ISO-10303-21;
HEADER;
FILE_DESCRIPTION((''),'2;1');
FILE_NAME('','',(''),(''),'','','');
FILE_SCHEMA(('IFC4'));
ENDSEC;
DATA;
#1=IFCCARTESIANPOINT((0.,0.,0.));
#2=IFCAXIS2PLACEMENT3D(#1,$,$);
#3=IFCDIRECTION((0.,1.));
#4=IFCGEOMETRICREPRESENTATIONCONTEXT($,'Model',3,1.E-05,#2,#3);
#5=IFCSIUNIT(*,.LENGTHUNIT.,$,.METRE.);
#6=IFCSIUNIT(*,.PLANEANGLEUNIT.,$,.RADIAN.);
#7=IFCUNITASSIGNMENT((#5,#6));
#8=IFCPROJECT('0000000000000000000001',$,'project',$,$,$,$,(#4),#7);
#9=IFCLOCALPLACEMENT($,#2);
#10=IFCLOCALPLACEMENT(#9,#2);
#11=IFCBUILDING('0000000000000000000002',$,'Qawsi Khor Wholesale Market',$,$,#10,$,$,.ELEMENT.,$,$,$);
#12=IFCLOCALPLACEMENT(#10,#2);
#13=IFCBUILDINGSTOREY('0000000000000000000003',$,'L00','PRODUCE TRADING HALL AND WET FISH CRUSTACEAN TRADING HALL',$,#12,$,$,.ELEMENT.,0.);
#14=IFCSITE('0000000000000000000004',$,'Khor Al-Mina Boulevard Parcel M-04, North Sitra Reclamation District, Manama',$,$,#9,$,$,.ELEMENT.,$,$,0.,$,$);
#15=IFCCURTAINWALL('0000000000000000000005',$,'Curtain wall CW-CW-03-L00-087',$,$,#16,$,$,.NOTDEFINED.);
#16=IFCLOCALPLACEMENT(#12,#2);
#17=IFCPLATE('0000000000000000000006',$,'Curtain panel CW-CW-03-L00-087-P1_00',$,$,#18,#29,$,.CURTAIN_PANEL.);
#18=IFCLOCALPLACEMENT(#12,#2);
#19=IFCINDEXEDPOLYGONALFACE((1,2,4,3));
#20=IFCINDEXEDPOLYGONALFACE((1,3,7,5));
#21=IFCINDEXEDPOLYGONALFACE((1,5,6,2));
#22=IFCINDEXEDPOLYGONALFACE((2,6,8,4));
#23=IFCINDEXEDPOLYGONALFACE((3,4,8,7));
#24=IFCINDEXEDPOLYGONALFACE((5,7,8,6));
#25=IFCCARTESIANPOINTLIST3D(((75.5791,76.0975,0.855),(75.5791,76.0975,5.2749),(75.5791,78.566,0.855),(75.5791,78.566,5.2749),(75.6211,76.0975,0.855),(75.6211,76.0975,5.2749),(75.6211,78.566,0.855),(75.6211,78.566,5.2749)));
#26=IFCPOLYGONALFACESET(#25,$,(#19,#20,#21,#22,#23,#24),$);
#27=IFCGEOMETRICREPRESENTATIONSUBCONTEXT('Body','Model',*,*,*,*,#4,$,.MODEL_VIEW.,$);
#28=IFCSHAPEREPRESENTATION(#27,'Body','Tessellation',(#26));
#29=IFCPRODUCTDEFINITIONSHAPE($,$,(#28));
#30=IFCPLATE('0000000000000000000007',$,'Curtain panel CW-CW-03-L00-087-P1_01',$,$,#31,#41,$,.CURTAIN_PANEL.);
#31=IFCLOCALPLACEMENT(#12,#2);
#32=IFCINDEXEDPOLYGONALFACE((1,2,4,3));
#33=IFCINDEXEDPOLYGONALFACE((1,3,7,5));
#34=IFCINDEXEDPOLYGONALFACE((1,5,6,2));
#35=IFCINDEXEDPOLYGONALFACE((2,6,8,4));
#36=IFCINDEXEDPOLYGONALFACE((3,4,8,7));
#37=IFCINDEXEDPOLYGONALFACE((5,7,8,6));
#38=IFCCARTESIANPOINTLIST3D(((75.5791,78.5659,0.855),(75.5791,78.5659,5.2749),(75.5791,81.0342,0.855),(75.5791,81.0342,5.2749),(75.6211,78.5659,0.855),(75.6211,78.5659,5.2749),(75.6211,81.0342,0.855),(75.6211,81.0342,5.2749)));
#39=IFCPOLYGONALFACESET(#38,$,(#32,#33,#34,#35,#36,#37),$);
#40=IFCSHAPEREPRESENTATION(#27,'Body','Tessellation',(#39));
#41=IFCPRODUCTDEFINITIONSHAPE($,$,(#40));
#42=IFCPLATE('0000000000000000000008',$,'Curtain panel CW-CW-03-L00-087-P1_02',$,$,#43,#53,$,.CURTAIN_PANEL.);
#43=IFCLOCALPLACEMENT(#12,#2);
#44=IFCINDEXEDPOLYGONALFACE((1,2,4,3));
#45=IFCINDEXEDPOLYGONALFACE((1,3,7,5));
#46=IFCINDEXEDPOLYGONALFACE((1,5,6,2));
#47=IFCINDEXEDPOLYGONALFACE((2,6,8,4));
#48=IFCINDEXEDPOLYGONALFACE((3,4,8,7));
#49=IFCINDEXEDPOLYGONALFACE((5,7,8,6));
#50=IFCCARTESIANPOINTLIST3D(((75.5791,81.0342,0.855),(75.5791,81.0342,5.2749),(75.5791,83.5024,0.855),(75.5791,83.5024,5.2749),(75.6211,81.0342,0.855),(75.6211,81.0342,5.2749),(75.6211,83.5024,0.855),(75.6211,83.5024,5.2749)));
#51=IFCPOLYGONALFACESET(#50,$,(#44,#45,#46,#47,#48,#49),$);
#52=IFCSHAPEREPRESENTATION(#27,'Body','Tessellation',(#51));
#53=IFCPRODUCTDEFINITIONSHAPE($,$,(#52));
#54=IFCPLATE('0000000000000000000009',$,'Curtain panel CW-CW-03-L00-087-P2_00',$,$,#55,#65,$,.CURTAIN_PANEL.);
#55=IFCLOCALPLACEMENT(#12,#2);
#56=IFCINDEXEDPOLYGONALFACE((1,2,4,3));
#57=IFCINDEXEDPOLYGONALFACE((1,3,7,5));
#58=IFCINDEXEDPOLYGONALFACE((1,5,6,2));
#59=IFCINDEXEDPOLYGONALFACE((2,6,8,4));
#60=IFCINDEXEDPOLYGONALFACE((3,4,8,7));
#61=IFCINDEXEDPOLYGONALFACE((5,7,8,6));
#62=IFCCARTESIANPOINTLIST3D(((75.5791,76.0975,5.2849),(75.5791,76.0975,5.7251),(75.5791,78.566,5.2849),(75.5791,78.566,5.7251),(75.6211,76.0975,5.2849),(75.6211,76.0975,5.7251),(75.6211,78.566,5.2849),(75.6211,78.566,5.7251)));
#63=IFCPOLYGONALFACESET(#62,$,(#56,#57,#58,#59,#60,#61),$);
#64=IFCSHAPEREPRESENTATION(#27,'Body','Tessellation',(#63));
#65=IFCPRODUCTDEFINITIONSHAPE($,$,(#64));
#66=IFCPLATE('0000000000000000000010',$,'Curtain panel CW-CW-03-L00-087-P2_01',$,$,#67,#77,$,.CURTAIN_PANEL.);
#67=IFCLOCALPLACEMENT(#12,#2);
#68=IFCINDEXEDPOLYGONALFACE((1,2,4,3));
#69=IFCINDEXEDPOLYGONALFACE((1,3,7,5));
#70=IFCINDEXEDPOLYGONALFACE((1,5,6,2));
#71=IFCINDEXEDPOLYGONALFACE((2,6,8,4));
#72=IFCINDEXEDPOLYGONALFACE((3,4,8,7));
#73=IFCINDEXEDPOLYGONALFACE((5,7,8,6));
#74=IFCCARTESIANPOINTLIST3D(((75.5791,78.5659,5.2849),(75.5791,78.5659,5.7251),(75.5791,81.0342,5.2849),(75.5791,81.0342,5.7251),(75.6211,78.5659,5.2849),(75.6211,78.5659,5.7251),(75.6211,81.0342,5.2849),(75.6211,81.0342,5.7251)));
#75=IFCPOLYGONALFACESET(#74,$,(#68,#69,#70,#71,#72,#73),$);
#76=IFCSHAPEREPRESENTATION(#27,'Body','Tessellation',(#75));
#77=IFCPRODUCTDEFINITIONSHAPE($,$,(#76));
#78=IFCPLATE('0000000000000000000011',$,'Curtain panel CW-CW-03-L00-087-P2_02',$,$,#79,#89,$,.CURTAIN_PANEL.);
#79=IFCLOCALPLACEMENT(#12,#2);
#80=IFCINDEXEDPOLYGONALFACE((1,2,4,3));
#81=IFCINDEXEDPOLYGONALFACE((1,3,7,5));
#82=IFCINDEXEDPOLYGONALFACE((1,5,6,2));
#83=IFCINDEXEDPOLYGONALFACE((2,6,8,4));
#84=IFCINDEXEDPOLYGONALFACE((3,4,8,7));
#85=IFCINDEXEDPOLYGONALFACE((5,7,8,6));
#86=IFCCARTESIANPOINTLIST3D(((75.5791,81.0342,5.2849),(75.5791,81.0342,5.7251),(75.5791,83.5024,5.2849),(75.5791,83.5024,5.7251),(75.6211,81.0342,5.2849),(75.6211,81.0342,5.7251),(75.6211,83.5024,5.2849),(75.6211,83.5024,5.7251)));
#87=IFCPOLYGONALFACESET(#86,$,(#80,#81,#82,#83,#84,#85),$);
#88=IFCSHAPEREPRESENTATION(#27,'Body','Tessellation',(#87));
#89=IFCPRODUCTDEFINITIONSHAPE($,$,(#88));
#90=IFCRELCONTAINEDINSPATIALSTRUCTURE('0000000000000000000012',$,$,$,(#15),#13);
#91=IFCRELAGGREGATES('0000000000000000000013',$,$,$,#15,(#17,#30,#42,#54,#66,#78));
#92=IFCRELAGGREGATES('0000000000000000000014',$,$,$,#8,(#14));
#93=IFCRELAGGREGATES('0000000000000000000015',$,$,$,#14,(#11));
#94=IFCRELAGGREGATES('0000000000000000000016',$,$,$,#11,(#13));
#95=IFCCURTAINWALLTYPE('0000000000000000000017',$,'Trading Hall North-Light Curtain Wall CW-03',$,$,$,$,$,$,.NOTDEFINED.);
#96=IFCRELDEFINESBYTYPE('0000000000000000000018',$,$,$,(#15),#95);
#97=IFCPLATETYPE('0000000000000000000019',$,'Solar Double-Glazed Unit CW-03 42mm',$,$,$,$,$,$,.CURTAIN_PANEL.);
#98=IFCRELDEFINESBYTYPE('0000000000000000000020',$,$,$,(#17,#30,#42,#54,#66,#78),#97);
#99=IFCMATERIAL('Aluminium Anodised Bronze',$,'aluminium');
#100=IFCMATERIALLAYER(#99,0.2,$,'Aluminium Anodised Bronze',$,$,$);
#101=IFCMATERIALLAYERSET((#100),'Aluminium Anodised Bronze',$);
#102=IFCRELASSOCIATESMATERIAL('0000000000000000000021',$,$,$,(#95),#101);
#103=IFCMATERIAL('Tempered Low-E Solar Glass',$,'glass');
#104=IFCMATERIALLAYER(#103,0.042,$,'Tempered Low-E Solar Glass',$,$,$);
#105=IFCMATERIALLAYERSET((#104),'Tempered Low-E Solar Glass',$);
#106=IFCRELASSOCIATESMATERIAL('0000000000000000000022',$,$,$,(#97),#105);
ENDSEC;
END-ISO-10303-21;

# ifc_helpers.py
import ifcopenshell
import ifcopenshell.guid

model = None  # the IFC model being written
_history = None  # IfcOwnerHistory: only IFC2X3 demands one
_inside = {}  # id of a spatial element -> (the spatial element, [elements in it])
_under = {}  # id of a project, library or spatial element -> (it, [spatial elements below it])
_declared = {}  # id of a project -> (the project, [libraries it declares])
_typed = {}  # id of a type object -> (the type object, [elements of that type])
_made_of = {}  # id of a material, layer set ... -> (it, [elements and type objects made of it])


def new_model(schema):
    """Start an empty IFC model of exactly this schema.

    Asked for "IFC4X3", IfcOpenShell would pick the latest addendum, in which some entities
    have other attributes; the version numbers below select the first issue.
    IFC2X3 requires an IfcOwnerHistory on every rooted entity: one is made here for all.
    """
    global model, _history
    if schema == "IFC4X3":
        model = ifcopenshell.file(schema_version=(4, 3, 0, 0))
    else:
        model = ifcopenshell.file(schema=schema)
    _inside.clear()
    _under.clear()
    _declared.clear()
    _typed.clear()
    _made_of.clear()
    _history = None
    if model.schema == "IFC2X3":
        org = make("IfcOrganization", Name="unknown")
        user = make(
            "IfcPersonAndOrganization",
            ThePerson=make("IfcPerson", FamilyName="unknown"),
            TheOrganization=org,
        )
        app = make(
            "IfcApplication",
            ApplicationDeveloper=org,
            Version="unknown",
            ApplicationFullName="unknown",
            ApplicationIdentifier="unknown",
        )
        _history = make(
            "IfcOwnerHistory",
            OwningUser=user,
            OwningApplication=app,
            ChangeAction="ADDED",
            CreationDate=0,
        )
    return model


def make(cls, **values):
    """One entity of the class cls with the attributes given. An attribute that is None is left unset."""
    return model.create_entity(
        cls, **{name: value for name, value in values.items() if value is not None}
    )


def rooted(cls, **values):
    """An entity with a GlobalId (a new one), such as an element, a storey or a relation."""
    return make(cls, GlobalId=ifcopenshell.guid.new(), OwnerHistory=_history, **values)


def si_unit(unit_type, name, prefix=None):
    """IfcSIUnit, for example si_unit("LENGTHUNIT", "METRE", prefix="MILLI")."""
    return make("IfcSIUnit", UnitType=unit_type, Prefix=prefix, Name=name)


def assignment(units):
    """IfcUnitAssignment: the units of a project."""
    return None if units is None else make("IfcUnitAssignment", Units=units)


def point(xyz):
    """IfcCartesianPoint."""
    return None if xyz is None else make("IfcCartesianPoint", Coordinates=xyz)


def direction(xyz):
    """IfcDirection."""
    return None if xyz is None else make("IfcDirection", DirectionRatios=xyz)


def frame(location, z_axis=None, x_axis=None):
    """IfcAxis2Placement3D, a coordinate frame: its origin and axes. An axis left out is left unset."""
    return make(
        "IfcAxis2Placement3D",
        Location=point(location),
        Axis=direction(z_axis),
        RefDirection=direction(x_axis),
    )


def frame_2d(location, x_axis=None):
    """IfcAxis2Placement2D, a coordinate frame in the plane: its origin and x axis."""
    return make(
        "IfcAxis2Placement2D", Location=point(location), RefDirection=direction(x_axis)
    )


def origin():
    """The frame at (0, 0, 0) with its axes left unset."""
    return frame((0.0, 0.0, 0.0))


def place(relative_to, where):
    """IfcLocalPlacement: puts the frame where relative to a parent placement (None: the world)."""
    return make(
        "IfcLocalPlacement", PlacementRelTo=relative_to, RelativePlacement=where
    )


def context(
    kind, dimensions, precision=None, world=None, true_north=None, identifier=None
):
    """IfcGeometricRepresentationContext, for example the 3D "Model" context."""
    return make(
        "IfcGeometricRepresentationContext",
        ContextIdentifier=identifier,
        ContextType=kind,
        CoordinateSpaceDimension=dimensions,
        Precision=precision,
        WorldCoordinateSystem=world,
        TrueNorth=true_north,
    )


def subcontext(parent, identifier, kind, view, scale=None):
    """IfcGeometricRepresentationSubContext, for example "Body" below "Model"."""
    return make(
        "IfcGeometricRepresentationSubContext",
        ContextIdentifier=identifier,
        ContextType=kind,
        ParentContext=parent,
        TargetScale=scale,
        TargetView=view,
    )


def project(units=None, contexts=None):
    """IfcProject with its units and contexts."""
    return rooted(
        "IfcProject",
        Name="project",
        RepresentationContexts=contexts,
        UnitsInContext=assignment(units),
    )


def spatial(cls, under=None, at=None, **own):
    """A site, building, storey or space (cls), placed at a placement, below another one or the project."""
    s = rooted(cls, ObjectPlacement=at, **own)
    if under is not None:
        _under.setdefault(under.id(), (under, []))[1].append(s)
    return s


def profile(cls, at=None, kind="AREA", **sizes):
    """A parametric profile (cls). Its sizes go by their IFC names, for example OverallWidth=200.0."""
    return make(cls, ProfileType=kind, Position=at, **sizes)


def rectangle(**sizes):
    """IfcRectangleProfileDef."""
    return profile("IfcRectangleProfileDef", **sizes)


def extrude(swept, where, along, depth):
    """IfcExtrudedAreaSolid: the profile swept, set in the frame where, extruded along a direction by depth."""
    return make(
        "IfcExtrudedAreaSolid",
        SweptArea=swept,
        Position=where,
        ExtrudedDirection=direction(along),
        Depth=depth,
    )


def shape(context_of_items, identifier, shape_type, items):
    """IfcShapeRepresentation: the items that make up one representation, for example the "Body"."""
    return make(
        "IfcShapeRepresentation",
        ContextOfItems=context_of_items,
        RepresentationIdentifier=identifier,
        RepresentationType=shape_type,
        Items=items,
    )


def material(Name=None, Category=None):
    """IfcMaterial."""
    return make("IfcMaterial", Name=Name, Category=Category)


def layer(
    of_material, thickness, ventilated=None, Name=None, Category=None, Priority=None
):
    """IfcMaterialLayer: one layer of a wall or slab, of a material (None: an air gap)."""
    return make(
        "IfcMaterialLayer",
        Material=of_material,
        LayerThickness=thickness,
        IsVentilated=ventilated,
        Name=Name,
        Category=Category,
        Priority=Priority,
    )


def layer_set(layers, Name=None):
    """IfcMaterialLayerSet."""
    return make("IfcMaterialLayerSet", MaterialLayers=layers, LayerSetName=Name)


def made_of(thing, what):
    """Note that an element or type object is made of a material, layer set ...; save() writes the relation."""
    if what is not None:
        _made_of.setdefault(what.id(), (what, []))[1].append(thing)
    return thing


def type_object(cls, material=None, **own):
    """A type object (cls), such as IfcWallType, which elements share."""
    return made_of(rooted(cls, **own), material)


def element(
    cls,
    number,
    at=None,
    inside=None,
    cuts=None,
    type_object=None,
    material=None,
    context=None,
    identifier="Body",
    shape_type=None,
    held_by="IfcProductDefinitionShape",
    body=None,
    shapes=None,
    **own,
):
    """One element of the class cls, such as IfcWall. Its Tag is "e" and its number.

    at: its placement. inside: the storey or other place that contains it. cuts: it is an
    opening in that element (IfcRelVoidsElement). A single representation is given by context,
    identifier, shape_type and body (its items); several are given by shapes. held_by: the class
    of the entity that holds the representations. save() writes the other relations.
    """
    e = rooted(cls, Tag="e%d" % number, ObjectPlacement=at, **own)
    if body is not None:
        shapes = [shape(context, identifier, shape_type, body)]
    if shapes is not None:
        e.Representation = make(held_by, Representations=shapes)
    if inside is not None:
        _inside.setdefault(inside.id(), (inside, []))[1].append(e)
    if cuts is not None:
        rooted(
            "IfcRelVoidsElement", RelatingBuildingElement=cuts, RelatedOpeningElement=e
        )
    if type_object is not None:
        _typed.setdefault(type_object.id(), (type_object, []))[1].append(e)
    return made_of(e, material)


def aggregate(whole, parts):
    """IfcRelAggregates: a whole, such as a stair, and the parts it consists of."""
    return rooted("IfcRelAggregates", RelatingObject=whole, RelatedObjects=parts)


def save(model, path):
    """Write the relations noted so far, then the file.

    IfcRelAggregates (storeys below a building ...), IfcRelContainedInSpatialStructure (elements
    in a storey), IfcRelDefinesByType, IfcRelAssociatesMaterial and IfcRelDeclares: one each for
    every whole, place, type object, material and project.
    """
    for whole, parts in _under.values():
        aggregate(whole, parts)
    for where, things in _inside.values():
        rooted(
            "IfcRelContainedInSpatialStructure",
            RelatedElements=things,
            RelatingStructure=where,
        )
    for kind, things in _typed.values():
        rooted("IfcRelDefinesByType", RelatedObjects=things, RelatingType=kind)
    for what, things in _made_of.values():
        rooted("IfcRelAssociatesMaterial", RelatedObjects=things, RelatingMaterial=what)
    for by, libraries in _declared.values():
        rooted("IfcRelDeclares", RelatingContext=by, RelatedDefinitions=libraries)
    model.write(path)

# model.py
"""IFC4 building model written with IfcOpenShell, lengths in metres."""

from ifc_helpers import new_model, si_unit, direction, frame, frame_2d, origin, place, context, subcontext, project, spatial, rectangle, extrude, material, layer, layer_set, type_object, element, aggregate, save


model = new_model("IFC4")

# Units and contexts
model_context = context("Model", 3, precision=1e-05, world=origin(), true_north=direction((0.0, 1.0)))
body_context = subcontext(model_context, "Body", "Model", "MODEL_VIEW")
ifc_project = project(units=[si_unit("LENGTHUNIT", "METRE"), si_unit("PLANEANGLEUNIT", "RADIAN")], contexts=[model_context])

# Site, building, storey
site_placement = place(None, origin())
site = spatial("IfcSite", under=ifc_project, at=site_placement, Name="Khor Al-Mina Boulevard Parcel M-04, North Sitra Reclamation District, Manama", CompositionType="ELEMENT", RefElevation=0.0)
building_placement = place(site_placement, origin())
building = spatial("IfcBuilding", under=site, at=building_placement, Name="Qawsi Khor Wholesale Market", CompositionType="ELEMENT")
storey_placement = place(building_placement, origin())
storey = spatial("IfcBuildingStorey", under=building, at=storey_placement, Name="L00", Description="PRODUCE TRADING HALL AND WET FISH CRUSTACEAN TRADING HALL", CompositionType="ELEMENT", Elevation=0.0)

# Curtain wall, plates
ifc_material_1 = material(Name="Aluminium Anodised Bronze", Category="aluminium")
ifc_layer_1 = layer(ifc_material_1, 0.2, Name="Aluminium Anodised Bronze")
ifc_layer_set_1 = layer_set([ifc_layer_1], Name="Aluminium Anodised Bronze")
curtain_wall_type = type_object("IfcCurtainWallType", Name="Trading Hall North-Light Curtain Wall CW-03", PredefinedType="NOTDEFINED", material=ifc_layer_set_1)
curtain_wall_placement = place(storey_placement, origin())
curtain_wall = element("IfcCurtainWall", 1, at=curtain_wall_placement, inside=storey, type_object=curtain_wall_type, Name="Curtain wall CW-CW-03-L00-087", PredefinedType="NOTDEFINED")
ifc_material_2 = material(Name="Tempered Low-E Solar Glass", Category="glass")
ifc_layer_2 = layer(ifc_material_2, 0.042, Name="Tempered Low-E Solar Glass")
ifc_layer_set_2 = layer_set([ifc_layer_2], Name="Tempered Low-E Solar Glass")
plate_type_1 = type_object("IfcPlateType", Name="Solar Double-Glazed Unit CW-03 42mm", PredefinedType="CURTAIN_PANEL", material=ifc_layer_set_2)
plate_1_placement = place(storey_placement, frame((75.6001, 76.0974, 0.855), z_axis=(0.0, 0.0, 1.0), x_axis=(0.0, 1.0, 0.0)))
plate_1 = element("IfcPlate", 2, at=plate_1_placement, type_object=plate_type_1, Name="Curtain panel CW-CW-03-L00-087-P1_00", PredefinedType="CURTAIN_PANEL", context=body_context, shape_type="SweptSolid", body=[
    extrude(rectangle(XDim=2.4685, YDim=0.042, at=frame_2d((1.2344, 0.0))), origin(), (0.0, 0.0, 1.0), 4.4199),
])
plate_2_placement = place(storey_placement, frame((75.6001, 78.5659, 0.855), z_axis=(0.0, 0.0, 1.0), x_axis=(0.0, 1.0, 0.0)))
plate_2 = element("IfcPlate", 3, at=plate_2_placement, type_object=plate_type_1, Name="Curtain panel CW-CW-03-L00-087-P1_01", PredefinedType="CURTAIN_PANEL", context=body_context, shape_type="SweptSolid", body=[
    extrude(rectangle(XDim=2.4683, YDim=0.042, at=frame_2d((1.2341, 0.0))), origin(), (0.0, 0.0, 1.0), 4.4199),
])
plate_3_placement = place(storey_placement, frame((75.6001, 81.0342, 0.855), z_axis=(0.0, 0.0, 1.0), x_axis=(0.0, 1.0, 0.0)))
plate_3 = element("IfcPlate", 4, at=plate_3_placement, type_object=plate_type_1, Name="Curtain panel CW-CW-03-L00-087-P1_02", PredefinedType="CURTAIN_PANEL", context=body_context, shape_type="SweptSolid", body=[
    extrude(rectangle(XDim=2.4683, YDim=0.042, at=frame_2d((1.2341, 0.0))), origin(), (0.0, 0.0, 1.0), 4.4199),
])
plate_4_placement = place(storey_placement, frame((75.6001, 76.0974, 5.2849), z_axis=(0.0, 0.0, 1.0), x_axis=(0.0, 1.0, 0.0)))
plate_4 = element("IfcPlate", 5, at=plate_4_placement, type_object=plate_type_1, Name="Curtain panel CW-CW-03-L00-087-P2_00", PredefinedType="CURTAIN_PANEL", context=body_context, shape_type="SweptSolid", body=[
    extrude(rectangle(XDim=2.4685, YDim=0.042, at=frame_2d((1.2344, 0.0))), origin(), (0.0, 0.0, 1.0), 0.4402),
])
plate_5_placement = place(storey_placement, frame((75.6001, 78.5659, 5.2849), z_axis=(0.0, 0.0, 1.0), x_axis=(0.0, 1.0, 0.0)))
plate_5 = element("IfcPlate", 6, at=plate_5_placement, type_object=plate_type_1, Name="Curtain panel CW-CW-03-L00-087-P2_01", PredefinedType="CURTAIN_PANEL", context=body_context, shape_type="SweptSolid", body=[
    extrude(rectangle(XDim=2.4683, YDim=0.042, at=frame_2d((1.2341, 0.0))), origin(), (0.0, 0.0, 1.0), 0.4402),
])
plate_6_placement = place(storey_placement, frame((75.6001, 81.0342, 5.2849), z_axis=(0.0, 0.0, 1.0), x_axis=(0.0, 1.0, 0.0)))
plate_6 = element("IfcPlate", 7, at=plate_6_placement, type_object=plate_type_1, Name="Curtain panel CW-CW-03-L00-087-P2_02", PredefinedType="CURTAIN_PANEL", context=body_context, shape_type="SweptSolid", body=[
    extrude(rectangle(XDim=2.4683, YDim=0.042, at=frame_2d((1.2341, 0.0))), origin(), (0.0, 0.0, 1.0), 0.4402),
])
aggregate(curtain_wall, [plate_1, plate_2, plate_3, plate_4, plate_5, plate_6])

save(model, "model.ifc")
